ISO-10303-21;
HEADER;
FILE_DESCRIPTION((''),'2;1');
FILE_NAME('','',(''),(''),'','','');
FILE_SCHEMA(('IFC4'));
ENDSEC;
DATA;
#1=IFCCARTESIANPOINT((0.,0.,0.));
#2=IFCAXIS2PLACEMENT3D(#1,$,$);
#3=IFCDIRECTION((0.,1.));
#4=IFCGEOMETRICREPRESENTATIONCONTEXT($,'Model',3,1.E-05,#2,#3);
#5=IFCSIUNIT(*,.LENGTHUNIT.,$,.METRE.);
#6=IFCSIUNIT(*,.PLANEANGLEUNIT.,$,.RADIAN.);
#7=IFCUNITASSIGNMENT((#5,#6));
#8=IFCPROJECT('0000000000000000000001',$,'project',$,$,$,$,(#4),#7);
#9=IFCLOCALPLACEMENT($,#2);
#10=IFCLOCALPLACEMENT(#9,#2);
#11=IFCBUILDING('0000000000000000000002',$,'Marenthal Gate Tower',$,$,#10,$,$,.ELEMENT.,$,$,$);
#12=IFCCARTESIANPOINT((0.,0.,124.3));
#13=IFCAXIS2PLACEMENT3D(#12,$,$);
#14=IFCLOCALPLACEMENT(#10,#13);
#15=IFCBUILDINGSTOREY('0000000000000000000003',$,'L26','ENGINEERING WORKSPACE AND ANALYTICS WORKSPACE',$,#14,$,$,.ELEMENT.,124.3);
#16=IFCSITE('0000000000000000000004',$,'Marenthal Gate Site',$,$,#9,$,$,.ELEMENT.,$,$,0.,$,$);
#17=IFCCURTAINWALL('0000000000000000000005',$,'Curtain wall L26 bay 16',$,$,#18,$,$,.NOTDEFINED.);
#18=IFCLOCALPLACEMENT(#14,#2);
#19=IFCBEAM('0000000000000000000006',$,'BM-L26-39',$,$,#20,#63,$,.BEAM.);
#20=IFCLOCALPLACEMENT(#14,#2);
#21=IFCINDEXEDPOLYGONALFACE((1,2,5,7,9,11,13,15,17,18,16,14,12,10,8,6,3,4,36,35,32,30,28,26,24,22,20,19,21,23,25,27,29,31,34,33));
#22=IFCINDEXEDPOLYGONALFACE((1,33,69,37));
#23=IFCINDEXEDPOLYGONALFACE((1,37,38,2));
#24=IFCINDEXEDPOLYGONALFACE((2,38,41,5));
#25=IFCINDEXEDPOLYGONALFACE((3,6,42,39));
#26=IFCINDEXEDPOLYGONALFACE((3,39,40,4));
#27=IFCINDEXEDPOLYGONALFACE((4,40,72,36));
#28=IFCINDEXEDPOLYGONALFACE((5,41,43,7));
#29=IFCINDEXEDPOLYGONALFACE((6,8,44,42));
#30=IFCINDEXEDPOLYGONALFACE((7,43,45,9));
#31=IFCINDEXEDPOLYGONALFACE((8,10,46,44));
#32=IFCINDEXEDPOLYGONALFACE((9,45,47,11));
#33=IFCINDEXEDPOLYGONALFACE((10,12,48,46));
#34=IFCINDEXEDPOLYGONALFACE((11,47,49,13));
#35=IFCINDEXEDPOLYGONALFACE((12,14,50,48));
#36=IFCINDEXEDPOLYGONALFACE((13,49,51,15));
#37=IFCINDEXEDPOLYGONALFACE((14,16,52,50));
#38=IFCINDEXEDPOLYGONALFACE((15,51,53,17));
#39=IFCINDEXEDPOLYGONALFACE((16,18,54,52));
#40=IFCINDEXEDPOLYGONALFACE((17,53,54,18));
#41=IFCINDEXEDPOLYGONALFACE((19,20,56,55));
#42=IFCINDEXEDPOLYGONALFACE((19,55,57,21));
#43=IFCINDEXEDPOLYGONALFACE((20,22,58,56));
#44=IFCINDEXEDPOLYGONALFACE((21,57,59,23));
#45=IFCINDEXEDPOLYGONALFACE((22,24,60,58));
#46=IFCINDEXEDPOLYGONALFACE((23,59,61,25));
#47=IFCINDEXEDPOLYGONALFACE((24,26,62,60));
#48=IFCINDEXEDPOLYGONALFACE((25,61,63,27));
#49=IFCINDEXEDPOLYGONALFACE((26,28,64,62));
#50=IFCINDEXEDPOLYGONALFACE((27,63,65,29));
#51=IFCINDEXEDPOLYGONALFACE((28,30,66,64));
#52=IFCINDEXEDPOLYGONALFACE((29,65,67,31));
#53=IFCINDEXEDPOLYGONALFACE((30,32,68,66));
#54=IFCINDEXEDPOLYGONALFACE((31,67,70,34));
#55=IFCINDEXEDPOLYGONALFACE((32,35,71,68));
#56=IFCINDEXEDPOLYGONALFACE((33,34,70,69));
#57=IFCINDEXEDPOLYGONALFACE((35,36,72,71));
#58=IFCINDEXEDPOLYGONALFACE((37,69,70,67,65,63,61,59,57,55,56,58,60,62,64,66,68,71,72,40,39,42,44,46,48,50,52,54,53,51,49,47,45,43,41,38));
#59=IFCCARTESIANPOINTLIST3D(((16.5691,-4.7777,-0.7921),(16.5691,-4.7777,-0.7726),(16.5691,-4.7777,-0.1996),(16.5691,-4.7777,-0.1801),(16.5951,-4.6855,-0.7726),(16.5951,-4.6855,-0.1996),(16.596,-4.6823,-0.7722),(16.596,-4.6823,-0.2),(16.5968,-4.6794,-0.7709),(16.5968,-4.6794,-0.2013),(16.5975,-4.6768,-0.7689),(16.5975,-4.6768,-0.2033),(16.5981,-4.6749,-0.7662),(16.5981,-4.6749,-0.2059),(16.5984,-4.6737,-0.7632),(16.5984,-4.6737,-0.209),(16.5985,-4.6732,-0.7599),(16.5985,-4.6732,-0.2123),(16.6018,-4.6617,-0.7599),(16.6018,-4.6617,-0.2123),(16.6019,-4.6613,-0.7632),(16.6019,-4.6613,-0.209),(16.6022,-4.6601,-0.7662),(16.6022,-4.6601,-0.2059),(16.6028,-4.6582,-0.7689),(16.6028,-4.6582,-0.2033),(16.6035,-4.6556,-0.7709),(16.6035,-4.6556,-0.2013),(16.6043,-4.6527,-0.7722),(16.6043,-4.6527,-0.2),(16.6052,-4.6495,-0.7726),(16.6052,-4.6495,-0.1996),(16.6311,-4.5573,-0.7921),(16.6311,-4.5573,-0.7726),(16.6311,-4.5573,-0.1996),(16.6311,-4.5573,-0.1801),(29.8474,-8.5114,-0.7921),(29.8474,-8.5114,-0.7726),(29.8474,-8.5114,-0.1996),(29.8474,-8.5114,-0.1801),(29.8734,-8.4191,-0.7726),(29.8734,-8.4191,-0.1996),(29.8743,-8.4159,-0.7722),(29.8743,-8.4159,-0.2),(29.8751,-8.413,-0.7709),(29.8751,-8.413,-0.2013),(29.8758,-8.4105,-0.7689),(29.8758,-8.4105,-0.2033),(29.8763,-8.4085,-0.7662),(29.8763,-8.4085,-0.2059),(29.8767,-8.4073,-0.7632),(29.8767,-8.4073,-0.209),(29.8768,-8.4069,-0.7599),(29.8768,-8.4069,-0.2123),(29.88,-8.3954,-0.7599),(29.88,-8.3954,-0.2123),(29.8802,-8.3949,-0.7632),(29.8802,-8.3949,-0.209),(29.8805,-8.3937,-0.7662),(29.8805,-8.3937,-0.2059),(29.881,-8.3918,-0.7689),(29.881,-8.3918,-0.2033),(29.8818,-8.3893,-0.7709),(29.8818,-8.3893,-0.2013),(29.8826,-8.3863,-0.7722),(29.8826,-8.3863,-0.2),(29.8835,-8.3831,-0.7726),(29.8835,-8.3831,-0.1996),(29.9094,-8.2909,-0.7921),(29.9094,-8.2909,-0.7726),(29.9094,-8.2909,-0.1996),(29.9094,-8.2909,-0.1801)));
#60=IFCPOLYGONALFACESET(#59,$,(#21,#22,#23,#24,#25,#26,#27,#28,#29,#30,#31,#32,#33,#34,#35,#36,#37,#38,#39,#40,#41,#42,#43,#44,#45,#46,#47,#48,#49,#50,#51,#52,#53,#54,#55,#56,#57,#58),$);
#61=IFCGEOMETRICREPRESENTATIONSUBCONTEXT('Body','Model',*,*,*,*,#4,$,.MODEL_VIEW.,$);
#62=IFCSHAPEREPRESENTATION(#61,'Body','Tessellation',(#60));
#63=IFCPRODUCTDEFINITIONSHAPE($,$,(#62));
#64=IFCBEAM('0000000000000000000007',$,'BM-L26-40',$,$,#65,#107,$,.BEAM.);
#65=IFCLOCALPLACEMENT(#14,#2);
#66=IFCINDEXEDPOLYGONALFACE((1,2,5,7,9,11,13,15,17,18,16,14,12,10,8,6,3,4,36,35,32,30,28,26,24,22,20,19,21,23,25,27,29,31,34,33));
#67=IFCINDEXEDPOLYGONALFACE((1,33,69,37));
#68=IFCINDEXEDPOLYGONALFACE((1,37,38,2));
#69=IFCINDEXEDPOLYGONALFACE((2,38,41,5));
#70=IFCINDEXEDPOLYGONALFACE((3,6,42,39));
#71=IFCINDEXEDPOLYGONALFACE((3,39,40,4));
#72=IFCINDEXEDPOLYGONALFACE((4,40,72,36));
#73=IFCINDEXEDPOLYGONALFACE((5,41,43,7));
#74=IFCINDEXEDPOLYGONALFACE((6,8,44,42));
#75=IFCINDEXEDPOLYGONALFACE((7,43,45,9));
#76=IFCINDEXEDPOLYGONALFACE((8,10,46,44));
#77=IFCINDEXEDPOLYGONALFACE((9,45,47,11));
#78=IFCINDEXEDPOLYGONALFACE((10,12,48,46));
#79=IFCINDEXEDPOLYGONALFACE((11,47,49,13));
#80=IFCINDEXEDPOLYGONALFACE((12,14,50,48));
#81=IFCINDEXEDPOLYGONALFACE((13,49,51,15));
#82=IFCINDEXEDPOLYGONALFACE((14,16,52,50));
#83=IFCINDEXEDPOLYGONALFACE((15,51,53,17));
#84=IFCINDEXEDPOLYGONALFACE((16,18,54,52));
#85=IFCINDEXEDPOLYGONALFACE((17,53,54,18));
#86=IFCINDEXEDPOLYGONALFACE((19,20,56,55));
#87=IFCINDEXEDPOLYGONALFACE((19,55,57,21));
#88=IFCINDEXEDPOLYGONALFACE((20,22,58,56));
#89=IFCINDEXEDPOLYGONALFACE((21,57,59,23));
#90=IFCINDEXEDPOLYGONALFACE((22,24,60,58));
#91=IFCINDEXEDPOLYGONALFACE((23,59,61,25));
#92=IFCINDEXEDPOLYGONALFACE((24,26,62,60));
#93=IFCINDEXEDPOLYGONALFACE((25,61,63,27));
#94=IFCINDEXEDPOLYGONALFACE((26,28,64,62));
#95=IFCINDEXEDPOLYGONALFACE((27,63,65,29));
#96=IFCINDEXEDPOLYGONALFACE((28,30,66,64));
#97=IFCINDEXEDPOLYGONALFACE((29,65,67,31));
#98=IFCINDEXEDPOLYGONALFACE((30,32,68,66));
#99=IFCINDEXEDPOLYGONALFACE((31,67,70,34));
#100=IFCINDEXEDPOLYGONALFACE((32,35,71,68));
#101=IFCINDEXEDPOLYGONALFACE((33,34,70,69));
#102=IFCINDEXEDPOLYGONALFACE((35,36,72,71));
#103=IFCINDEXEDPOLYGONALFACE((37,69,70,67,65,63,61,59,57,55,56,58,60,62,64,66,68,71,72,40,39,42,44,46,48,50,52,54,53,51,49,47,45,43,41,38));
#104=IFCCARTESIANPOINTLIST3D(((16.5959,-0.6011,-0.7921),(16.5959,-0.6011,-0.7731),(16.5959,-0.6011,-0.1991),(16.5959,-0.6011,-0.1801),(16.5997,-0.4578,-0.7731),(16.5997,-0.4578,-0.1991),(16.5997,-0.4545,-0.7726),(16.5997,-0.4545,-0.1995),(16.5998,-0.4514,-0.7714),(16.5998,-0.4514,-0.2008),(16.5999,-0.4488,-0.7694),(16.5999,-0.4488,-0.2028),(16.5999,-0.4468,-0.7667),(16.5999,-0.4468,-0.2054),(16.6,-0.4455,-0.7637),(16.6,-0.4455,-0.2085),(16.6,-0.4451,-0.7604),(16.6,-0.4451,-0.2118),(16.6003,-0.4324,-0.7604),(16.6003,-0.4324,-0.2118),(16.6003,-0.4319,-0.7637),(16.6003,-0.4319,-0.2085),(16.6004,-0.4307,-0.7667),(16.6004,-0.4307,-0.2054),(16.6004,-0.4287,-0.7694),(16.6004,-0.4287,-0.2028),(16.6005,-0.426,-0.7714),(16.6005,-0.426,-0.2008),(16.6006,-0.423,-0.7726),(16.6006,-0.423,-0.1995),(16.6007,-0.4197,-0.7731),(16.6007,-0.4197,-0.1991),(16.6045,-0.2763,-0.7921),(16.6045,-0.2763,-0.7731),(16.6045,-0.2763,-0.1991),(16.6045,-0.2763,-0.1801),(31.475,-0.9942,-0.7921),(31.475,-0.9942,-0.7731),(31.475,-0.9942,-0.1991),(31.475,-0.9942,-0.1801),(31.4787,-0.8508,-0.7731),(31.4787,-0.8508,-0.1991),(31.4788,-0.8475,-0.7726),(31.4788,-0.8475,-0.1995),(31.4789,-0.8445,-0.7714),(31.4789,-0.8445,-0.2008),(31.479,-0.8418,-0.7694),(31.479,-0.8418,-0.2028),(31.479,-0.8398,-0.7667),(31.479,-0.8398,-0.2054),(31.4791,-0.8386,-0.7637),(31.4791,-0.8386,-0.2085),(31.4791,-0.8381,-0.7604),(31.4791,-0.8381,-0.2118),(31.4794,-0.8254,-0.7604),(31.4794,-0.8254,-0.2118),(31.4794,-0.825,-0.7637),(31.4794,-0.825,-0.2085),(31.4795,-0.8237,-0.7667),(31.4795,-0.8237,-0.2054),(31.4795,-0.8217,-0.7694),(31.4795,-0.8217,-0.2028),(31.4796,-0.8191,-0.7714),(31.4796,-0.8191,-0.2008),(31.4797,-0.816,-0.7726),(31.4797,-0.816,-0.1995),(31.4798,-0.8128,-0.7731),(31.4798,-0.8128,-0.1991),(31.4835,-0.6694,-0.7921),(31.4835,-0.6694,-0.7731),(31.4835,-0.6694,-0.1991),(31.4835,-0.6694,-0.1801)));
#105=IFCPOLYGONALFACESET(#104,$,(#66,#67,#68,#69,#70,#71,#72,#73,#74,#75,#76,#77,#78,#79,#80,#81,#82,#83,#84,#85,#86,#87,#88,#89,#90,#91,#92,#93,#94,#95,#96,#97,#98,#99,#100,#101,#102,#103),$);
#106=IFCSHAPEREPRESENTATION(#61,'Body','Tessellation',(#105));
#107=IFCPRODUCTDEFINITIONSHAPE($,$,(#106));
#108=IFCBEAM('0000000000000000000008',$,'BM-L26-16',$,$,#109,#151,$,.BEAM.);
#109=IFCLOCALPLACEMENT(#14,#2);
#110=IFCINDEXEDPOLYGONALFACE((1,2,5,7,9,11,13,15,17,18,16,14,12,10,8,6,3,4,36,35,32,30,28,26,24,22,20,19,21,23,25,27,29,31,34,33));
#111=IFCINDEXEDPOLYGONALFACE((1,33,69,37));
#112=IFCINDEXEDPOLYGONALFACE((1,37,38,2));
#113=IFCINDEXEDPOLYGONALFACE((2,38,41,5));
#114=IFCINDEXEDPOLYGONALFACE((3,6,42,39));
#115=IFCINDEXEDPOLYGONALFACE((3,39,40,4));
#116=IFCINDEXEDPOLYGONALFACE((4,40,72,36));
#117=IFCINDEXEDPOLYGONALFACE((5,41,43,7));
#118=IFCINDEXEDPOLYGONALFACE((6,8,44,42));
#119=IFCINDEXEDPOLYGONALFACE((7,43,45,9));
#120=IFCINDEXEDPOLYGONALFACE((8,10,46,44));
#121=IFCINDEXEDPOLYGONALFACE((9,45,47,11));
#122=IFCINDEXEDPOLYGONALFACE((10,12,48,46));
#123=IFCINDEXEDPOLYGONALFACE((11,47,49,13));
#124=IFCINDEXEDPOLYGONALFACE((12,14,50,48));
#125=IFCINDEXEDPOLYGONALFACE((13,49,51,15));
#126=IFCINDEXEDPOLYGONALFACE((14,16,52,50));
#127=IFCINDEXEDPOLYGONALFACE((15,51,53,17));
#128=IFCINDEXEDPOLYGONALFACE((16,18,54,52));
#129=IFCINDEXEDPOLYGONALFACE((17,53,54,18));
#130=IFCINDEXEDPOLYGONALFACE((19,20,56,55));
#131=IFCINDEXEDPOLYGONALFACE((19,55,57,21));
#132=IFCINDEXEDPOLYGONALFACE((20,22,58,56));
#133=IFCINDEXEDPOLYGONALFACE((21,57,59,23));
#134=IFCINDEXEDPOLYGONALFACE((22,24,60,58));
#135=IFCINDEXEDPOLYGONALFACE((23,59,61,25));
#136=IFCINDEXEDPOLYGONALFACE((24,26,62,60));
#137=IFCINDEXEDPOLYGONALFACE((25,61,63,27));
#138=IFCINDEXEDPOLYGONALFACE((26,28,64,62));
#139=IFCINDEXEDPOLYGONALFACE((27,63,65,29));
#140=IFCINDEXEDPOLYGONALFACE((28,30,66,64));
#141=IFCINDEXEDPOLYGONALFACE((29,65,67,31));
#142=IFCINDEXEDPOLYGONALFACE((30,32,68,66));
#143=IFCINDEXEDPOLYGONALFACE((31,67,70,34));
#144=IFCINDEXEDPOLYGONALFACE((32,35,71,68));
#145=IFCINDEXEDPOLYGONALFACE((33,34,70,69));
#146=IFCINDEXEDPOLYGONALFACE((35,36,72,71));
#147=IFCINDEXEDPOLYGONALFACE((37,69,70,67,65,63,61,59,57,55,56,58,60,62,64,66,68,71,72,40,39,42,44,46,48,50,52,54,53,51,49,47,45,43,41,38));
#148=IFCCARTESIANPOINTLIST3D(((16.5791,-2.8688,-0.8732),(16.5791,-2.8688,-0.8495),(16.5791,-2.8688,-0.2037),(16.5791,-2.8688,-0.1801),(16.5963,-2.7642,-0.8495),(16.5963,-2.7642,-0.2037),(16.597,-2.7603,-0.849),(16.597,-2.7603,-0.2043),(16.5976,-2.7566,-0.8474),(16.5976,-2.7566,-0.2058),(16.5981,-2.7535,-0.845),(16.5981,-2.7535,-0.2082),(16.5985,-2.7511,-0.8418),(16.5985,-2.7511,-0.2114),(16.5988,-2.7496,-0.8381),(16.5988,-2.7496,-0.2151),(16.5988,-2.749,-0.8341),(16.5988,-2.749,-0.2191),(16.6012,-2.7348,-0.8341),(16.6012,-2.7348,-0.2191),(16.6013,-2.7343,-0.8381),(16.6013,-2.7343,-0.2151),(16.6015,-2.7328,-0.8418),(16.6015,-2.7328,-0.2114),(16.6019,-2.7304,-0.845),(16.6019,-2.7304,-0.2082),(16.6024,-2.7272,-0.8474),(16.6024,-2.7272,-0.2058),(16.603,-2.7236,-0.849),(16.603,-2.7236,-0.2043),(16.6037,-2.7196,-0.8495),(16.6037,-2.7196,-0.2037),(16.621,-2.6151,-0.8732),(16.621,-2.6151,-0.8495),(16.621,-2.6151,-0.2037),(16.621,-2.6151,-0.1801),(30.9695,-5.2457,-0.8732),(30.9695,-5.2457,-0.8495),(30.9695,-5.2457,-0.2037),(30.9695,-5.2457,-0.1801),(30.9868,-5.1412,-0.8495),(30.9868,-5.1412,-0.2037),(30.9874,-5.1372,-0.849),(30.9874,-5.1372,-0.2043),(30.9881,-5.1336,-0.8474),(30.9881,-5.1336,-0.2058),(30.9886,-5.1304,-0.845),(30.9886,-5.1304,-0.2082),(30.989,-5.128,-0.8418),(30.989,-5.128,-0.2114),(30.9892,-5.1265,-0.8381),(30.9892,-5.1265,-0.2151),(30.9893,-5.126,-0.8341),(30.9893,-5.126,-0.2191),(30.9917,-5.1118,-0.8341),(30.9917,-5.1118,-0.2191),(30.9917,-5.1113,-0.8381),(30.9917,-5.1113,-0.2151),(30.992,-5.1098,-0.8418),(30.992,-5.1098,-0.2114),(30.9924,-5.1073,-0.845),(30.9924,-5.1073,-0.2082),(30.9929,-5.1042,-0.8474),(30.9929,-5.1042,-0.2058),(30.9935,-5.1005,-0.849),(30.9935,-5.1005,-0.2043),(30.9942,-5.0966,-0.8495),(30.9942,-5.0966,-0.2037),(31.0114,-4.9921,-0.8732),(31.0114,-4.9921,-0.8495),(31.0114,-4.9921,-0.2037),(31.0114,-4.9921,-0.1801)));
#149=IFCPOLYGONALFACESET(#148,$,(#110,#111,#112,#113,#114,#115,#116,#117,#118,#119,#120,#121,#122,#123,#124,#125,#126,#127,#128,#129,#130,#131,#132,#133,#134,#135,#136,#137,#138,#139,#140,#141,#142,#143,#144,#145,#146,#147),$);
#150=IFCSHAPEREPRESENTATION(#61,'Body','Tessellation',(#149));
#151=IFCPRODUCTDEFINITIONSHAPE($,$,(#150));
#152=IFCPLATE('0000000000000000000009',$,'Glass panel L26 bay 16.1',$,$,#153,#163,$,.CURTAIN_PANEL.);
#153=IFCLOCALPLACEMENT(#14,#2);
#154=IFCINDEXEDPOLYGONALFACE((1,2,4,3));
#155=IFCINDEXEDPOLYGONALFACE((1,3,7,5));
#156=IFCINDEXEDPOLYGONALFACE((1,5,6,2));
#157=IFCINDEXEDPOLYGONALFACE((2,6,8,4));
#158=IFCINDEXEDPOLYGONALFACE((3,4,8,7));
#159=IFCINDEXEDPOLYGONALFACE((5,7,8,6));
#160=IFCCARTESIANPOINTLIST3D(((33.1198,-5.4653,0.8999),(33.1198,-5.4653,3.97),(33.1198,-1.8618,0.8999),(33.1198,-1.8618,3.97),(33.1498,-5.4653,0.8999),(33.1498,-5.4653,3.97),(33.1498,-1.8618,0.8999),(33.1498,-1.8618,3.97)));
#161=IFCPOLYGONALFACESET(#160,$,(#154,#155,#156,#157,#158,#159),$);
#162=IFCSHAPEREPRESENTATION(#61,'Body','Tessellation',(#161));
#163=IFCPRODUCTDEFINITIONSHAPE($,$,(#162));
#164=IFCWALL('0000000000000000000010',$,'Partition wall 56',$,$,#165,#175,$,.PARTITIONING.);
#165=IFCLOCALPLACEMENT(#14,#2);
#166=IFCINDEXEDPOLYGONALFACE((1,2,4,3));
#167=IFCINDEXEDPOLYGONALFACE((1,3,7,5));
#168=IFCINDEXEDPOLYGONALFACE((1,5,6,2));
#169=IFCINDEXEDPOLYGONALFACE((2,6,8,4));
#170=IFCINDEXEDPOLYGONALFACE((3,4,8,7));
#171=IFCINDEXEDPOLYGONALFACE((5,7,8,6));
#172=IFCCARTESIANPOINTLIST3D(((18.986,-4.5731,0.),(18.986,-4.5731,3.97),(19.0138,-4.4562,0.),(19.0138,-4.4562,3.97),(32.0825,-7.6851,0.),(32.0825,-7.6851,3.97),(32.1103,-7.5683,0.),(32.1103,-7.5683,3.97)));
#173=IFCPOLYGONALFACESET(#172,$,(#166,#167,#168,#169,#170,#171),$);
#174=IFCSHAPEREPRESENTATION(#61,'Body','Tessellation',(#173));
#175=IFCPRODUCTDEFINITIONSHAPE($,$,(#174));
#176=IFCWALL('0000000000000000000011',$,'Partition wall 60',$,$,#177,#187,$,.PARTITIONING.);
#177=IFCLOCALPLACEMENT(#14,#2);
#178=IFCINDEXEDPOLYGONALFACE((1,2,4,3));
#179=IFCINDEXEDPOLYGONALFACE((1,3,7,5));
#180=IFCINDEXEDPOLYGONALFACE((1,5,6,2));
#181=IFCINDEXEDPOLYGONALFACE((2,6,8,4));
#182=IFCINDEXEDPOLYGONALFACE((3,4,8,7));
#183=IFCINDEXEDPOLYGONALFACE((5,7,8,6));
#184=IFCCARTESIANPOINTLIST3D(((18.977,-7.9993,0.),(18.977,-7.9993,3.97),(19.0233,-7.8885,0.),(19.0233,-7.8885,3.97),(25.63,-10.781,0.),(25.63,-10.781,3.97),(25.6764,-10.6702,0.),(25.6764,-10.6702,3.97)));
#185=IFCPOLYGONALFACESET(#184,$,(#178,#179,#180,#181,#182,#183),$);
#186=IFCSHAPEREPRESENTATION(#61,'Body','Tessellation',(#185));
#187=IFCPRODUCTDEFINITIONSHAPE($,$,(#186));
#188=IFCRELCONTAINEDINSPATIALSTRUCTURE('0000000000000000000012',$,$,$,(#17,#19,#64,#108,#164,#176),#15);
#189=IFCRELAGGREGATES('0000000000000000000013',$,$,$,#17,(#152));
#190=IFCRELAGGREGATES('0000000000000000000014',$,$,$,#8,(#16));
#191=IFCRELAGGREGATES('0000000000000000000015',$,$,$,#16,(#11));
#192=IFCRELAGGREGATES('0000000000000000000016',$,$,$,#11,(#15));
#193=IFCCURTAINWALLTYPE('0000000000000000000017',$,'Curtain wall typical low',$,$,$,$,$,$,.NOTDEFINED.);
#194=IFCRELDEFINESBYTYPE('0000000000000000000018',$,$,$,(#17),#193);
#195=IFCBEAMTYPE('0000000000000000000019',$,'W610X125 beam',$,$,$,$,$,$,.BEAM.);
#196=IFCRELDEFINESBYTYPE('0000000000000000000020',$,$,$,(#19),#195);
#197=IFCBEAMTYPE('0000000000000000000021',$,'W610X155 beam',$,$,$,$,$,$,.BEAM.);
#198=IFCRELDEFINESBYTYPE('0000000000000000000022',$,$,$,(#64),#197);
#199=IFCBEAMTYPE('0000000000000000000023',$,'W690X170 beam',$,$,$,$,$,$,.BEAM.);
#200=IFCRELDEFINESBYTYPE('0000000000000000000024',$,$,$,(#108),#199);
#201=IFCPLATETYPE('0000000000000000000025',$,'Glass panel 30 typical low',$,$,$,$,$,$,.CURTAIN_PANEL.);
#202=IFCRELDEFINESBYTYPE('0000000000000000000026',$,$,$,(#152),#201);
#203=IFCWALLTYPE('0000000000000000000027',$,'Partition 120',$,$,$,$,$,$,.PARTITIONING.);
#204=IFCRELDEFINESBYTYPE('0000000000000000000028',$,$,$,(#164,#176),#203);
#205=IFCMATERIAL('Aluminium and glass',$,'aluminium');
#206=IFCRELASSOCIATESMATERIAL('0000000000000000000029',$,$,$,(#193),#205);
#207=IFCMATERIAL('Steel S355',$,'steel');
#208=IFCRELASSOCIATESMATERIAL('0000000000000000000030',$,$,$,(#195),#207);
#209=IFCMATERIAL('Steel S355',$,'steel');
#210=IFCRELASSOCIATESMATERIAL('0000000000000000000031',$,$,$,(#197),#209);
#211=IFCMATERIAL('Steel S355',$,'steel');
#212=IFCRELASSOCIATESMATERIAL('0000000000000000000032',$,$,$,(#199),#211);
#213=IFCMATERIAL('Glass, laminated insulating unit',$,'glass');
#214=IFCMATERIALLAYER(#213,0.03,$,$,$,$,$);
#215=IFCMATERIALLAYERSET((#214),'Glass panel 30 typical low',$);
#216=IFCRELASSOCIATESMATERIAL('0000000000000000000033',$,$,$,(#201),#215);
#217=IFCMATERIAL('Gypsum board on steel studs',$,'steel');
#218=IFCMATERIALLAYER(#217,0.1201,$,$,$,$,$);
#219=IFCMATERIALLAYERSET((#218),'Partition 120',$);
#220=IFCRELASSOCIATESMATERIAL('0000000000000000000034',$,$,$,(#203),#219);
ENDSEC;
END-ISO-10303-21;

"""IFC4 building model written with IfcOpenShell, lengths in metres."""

from ifc_helpers import new_model, si_unit, direction, frame, frame_2d, origin, origin_2d, place, context, subcontext, project, spatial, rectangle, i_section, extrude, material, layer, layer_set, material_profile, profile_set, type_object, element, aggregate, save


model = new_model("IFC4")

# Units and contexts
model_context = context("Model", 3, precision=1e-05, world=origin(), true_north=direction((0.0, 1.0)))
body_context = subcontext(model_context, "Body", "Model", "MODEL_VIEW")
ifc_project = project(units=[si_unit("LENGTHUNIT", "METRE"), si_unit("PLANEANGLEUNIT", "RADIAN")], contexts=[model_context])

# Site, building, storey
site_placement = place(None, origin())
site = spatial("IfcSite", under=ifc_project, at=site_placement, Name="Marenthal Gate Site", CompositionType="ELEMENT", RefElevation=0.0)
building_placement = place(site_placement, origin())
building = spatial("IfcBuilding", under=site, at=building_placement, Name="Marenthal Gate Tower", CompositionType="ELEMENT")
storey_placement = place(building_placement, frame((0.0, 0.0, 124.3)))
storey = spatial("IfcBuildingStorey", under=building, at=storey_placement, Name="L26", Description="ENGINEERING WORKSPACE AND ANALYTICS WORKSPACE", CompositionType="ELEMENT", Elevation=124.3)

# Curtain wall
ifc_material_1 = material(Name="Aluminium and glass", Category="aluminium")
curtain_wall_type = type_object("IfcCurtainWallType", Name="Curtain wall typical low", PredefinedType="NOTDEFINED", material=ifc_material_1)
curtain_wall_placement = place(storey_placement, origin())
curtain_wall = element("IfcCurtainWall", 1, at=curtain_wall_placement, inside=storey, type_object=curtain_wall_type, Name="Curtain wall L26 bay 16", PredefinedType="NOTDEFINED")

# Beams
ifc_material_2 = material(Name="Steel S355", Category="steel")
ifc_material_profile_1 = material_profile(ifc_material_2, i_section(OverallWidth=0.229, OverallDepth=0.6121, WebThickness=0.012, FlangeThickness=0.0195, FilletRadius=0.0127, at=origin_2d()), Name="W610X125")
ifc_profile_set_1 = profile_set([ifc_material_profile_1], Name="Steel S355")
beam_type_1 = type_object("IfcBeamType", Name="W610X125 beam", PredefinedType="BEAM", material=ifc_profile_set_1)
beam_1_placement = place(storey_placement, frame((29.8784, -8.4011, -0.4861), z_axis=(-0.962668, 0.270686, 0.0), x_axis=(-0.270686, -0.962668, 0.0)))
element("IfcBeam", 2, at=beam_1_placement, inside=storey, type_object=beam_type_1, Name="BM-L26-39", PredefinedType="BEAM", context=body_context, shape_type="SweptSolid", body=[
    extrude(i_section(OverallWidth=0.229, OverallDepth=0.6121, WebThickness=0.012, FlangeThickness=0.0195, FilletRadius=0.0127, at=origin_2d()), origin(), (0.0, 0.0, 1.0), 13.7932),
])
ifc_material_3 = material(Name="Steel S355", Category="steel")
ifc_material_profile_2 = material_profile(ifc_material_3, i_section(OverallWidth=0.325, OverallDepth=0.6121, WebThickness=0.0127, FlangeThickness=0.019, FilletRadius=0.0127, at=origin_2d()), Name="W610X155")
ifc_profile_set_2 = profile_set([ifc_material_profile_2], Name="Steel S355")
beam_type_2 = type_object("IfcBeamType", Name="W610X155 beam", PredefinedType="BEAM", material=ifc_profile_set_2)
beam_2_placement = place(storey_placement, frame((31.4792, -0.8318, -0.4861), z_axis=(-0.999651, 0.026408, 0.0), x_axis=(-0.026408, -0.999651, 0.0)))
element("IfcBeam", 3, at=beam_2_placement, inside=storey, type_object=beam_type_2, Name="BM-L26-40", PredefinedType="BEAM", context=body_context, shape_type="SweptSolid", body=[
    extrude(i_section(OverallWidth=0.325, OverallDepth=0.6121, WebThickness=0.0127, FlangeThickness=0.019, FilletRadius=0.0127, at=origin_2d()), origin(), (0.0, 0.0, 1.0), 14.8843),
])
ifc_material_4 = material(Name="Steel S355", Category="steel")
ifc_material_profile_3 = material_profile(ifc_material_4, i_section(OverallWidth=0.2571, OverallDepth=0.6931, WebThickness=0.0144, FlangeThickness=0.0237, FilletRadius=0.0154, at=origin_2d()), Name="W690X170")
ifc_profile_set_3 = profile_set([ifc_material_profile_3], Name="Steel S355")
beam_type_3 = type_object("IfcBeamType", Name="W690X170 beam", PredefinedType="BEAM", material=ifc_profile_set_3)
beam_3_placement = place(storey_placement, frame((30.9905, -5.1189, -0.5266), z_axis=(-0.986631, 0.162968, 0.0), x_axis=(-0.162968, -0.986631, 0.0)))
element("IfcBeam", 4, at=beam_3_placement, inside=storey, type_object=beam_type_3, Name="BM-L26-16", PredefinedType="BEAM", context=body_context, shape_type="SweptSolid", body=[
    extrude(i_section(OverallWidth=0.2571, OverallDepth=0.6931, WebThickness=0.0144, FlangeThickness=0.0237, FilletRadius=0.0154, at=origin_2d()), origin(), (0.0, 0.0, 1.0), 14.5854),
])

# Plate
ifc_material_5 = material(Name="Glass, laminated insulating unit", Category="glass")
ifc_layer_1 = layer(ifc_material_5, 0.03)
ifc_layer_set_1 = layer_set([ifc_layer_1], Name="Glass panel 30 typical low")
plate_type = type_object("IfcPlateType", Name="Glass panel 30 typical low", PredefinedType="CURTAIN_PANEL", material=ifc_layer_set_1)
plate_placement = place(storey_placement, frame((33.1348, -3.6636, 0.8999), z_axis=(0.0, 0.0, 1.0), x_axis=(0.0, 1.0, 0.0)))
plate = element("IfcPlate", 5, at=plate_placement, type_object=plate_type, Name="Glass panel L26 bay 16.1", PredefinedType="CURTAIN_PANEL", context=body_context, shape_type="SweptSolid", body=[
    extrude(rectangle(XDim=3.6035, YDim=0.03, at=origin_2d()), origin(), (0.0, 0.0, 1.0), 3.0701),
])
aggregate(curtain_wall, [plate])

# Walls
ifc_material_6 = material(Name="Gypsum board on steel studs", Category="steel")
ifc_layer_2 = layer(ifc_material_6, 0.1201)
ifc_layer_set_2 = layer_set([ifc_layer_2], Name="Partition 120")
wall_type = type_object("IfcWallType", Name="Partition 120", PredefinedType="PARTITIONING", material=ifc_layer_set_2)
wall_1_placement = place(storey_placement, frame((19.0, -4.5146, 0.0), z_axis=(0.0, 0.0, 1.0), x_axis=(0.972909, -0.231189, 0.0)))
element("IfcWall", 6, at=wall_1_placement, inside=storey, type_object=wall_type, Name="Partition wall 56", PredefinedType="PARTITIONING", context=body_context, shape_type="SweptSolid", body=[
    extrude(rectangle(XDim=13.4612, YDim=0.1201, at=frame_2d((6.7305, 0.0))), origin(), (0.0, 0.0, 1.0), 3.97),
])
wall_2_placement = place(storey_placement, frame((25.6531, -10.7256, 0.0), z_axis=(0.0, 0.0, 1.0), x_axis=(-0.922602, 0.385752, 0.0)))
element("IfcWall", 7, at=wall_2_placement, inside=storey, type_object=wall_type, Name="Partition wall 60", PredefinedType="PARTITIONING", context=body_context, shape_type="SweptSolid", body=[
    extrude(rectangle(XDim=7.2112, YDim=0.1201, at=frame_2d((3.6055, 0.0))), origin(), (0.0, 0.0, 1.0), 3.97),
])

save(model, "model.ifc")
